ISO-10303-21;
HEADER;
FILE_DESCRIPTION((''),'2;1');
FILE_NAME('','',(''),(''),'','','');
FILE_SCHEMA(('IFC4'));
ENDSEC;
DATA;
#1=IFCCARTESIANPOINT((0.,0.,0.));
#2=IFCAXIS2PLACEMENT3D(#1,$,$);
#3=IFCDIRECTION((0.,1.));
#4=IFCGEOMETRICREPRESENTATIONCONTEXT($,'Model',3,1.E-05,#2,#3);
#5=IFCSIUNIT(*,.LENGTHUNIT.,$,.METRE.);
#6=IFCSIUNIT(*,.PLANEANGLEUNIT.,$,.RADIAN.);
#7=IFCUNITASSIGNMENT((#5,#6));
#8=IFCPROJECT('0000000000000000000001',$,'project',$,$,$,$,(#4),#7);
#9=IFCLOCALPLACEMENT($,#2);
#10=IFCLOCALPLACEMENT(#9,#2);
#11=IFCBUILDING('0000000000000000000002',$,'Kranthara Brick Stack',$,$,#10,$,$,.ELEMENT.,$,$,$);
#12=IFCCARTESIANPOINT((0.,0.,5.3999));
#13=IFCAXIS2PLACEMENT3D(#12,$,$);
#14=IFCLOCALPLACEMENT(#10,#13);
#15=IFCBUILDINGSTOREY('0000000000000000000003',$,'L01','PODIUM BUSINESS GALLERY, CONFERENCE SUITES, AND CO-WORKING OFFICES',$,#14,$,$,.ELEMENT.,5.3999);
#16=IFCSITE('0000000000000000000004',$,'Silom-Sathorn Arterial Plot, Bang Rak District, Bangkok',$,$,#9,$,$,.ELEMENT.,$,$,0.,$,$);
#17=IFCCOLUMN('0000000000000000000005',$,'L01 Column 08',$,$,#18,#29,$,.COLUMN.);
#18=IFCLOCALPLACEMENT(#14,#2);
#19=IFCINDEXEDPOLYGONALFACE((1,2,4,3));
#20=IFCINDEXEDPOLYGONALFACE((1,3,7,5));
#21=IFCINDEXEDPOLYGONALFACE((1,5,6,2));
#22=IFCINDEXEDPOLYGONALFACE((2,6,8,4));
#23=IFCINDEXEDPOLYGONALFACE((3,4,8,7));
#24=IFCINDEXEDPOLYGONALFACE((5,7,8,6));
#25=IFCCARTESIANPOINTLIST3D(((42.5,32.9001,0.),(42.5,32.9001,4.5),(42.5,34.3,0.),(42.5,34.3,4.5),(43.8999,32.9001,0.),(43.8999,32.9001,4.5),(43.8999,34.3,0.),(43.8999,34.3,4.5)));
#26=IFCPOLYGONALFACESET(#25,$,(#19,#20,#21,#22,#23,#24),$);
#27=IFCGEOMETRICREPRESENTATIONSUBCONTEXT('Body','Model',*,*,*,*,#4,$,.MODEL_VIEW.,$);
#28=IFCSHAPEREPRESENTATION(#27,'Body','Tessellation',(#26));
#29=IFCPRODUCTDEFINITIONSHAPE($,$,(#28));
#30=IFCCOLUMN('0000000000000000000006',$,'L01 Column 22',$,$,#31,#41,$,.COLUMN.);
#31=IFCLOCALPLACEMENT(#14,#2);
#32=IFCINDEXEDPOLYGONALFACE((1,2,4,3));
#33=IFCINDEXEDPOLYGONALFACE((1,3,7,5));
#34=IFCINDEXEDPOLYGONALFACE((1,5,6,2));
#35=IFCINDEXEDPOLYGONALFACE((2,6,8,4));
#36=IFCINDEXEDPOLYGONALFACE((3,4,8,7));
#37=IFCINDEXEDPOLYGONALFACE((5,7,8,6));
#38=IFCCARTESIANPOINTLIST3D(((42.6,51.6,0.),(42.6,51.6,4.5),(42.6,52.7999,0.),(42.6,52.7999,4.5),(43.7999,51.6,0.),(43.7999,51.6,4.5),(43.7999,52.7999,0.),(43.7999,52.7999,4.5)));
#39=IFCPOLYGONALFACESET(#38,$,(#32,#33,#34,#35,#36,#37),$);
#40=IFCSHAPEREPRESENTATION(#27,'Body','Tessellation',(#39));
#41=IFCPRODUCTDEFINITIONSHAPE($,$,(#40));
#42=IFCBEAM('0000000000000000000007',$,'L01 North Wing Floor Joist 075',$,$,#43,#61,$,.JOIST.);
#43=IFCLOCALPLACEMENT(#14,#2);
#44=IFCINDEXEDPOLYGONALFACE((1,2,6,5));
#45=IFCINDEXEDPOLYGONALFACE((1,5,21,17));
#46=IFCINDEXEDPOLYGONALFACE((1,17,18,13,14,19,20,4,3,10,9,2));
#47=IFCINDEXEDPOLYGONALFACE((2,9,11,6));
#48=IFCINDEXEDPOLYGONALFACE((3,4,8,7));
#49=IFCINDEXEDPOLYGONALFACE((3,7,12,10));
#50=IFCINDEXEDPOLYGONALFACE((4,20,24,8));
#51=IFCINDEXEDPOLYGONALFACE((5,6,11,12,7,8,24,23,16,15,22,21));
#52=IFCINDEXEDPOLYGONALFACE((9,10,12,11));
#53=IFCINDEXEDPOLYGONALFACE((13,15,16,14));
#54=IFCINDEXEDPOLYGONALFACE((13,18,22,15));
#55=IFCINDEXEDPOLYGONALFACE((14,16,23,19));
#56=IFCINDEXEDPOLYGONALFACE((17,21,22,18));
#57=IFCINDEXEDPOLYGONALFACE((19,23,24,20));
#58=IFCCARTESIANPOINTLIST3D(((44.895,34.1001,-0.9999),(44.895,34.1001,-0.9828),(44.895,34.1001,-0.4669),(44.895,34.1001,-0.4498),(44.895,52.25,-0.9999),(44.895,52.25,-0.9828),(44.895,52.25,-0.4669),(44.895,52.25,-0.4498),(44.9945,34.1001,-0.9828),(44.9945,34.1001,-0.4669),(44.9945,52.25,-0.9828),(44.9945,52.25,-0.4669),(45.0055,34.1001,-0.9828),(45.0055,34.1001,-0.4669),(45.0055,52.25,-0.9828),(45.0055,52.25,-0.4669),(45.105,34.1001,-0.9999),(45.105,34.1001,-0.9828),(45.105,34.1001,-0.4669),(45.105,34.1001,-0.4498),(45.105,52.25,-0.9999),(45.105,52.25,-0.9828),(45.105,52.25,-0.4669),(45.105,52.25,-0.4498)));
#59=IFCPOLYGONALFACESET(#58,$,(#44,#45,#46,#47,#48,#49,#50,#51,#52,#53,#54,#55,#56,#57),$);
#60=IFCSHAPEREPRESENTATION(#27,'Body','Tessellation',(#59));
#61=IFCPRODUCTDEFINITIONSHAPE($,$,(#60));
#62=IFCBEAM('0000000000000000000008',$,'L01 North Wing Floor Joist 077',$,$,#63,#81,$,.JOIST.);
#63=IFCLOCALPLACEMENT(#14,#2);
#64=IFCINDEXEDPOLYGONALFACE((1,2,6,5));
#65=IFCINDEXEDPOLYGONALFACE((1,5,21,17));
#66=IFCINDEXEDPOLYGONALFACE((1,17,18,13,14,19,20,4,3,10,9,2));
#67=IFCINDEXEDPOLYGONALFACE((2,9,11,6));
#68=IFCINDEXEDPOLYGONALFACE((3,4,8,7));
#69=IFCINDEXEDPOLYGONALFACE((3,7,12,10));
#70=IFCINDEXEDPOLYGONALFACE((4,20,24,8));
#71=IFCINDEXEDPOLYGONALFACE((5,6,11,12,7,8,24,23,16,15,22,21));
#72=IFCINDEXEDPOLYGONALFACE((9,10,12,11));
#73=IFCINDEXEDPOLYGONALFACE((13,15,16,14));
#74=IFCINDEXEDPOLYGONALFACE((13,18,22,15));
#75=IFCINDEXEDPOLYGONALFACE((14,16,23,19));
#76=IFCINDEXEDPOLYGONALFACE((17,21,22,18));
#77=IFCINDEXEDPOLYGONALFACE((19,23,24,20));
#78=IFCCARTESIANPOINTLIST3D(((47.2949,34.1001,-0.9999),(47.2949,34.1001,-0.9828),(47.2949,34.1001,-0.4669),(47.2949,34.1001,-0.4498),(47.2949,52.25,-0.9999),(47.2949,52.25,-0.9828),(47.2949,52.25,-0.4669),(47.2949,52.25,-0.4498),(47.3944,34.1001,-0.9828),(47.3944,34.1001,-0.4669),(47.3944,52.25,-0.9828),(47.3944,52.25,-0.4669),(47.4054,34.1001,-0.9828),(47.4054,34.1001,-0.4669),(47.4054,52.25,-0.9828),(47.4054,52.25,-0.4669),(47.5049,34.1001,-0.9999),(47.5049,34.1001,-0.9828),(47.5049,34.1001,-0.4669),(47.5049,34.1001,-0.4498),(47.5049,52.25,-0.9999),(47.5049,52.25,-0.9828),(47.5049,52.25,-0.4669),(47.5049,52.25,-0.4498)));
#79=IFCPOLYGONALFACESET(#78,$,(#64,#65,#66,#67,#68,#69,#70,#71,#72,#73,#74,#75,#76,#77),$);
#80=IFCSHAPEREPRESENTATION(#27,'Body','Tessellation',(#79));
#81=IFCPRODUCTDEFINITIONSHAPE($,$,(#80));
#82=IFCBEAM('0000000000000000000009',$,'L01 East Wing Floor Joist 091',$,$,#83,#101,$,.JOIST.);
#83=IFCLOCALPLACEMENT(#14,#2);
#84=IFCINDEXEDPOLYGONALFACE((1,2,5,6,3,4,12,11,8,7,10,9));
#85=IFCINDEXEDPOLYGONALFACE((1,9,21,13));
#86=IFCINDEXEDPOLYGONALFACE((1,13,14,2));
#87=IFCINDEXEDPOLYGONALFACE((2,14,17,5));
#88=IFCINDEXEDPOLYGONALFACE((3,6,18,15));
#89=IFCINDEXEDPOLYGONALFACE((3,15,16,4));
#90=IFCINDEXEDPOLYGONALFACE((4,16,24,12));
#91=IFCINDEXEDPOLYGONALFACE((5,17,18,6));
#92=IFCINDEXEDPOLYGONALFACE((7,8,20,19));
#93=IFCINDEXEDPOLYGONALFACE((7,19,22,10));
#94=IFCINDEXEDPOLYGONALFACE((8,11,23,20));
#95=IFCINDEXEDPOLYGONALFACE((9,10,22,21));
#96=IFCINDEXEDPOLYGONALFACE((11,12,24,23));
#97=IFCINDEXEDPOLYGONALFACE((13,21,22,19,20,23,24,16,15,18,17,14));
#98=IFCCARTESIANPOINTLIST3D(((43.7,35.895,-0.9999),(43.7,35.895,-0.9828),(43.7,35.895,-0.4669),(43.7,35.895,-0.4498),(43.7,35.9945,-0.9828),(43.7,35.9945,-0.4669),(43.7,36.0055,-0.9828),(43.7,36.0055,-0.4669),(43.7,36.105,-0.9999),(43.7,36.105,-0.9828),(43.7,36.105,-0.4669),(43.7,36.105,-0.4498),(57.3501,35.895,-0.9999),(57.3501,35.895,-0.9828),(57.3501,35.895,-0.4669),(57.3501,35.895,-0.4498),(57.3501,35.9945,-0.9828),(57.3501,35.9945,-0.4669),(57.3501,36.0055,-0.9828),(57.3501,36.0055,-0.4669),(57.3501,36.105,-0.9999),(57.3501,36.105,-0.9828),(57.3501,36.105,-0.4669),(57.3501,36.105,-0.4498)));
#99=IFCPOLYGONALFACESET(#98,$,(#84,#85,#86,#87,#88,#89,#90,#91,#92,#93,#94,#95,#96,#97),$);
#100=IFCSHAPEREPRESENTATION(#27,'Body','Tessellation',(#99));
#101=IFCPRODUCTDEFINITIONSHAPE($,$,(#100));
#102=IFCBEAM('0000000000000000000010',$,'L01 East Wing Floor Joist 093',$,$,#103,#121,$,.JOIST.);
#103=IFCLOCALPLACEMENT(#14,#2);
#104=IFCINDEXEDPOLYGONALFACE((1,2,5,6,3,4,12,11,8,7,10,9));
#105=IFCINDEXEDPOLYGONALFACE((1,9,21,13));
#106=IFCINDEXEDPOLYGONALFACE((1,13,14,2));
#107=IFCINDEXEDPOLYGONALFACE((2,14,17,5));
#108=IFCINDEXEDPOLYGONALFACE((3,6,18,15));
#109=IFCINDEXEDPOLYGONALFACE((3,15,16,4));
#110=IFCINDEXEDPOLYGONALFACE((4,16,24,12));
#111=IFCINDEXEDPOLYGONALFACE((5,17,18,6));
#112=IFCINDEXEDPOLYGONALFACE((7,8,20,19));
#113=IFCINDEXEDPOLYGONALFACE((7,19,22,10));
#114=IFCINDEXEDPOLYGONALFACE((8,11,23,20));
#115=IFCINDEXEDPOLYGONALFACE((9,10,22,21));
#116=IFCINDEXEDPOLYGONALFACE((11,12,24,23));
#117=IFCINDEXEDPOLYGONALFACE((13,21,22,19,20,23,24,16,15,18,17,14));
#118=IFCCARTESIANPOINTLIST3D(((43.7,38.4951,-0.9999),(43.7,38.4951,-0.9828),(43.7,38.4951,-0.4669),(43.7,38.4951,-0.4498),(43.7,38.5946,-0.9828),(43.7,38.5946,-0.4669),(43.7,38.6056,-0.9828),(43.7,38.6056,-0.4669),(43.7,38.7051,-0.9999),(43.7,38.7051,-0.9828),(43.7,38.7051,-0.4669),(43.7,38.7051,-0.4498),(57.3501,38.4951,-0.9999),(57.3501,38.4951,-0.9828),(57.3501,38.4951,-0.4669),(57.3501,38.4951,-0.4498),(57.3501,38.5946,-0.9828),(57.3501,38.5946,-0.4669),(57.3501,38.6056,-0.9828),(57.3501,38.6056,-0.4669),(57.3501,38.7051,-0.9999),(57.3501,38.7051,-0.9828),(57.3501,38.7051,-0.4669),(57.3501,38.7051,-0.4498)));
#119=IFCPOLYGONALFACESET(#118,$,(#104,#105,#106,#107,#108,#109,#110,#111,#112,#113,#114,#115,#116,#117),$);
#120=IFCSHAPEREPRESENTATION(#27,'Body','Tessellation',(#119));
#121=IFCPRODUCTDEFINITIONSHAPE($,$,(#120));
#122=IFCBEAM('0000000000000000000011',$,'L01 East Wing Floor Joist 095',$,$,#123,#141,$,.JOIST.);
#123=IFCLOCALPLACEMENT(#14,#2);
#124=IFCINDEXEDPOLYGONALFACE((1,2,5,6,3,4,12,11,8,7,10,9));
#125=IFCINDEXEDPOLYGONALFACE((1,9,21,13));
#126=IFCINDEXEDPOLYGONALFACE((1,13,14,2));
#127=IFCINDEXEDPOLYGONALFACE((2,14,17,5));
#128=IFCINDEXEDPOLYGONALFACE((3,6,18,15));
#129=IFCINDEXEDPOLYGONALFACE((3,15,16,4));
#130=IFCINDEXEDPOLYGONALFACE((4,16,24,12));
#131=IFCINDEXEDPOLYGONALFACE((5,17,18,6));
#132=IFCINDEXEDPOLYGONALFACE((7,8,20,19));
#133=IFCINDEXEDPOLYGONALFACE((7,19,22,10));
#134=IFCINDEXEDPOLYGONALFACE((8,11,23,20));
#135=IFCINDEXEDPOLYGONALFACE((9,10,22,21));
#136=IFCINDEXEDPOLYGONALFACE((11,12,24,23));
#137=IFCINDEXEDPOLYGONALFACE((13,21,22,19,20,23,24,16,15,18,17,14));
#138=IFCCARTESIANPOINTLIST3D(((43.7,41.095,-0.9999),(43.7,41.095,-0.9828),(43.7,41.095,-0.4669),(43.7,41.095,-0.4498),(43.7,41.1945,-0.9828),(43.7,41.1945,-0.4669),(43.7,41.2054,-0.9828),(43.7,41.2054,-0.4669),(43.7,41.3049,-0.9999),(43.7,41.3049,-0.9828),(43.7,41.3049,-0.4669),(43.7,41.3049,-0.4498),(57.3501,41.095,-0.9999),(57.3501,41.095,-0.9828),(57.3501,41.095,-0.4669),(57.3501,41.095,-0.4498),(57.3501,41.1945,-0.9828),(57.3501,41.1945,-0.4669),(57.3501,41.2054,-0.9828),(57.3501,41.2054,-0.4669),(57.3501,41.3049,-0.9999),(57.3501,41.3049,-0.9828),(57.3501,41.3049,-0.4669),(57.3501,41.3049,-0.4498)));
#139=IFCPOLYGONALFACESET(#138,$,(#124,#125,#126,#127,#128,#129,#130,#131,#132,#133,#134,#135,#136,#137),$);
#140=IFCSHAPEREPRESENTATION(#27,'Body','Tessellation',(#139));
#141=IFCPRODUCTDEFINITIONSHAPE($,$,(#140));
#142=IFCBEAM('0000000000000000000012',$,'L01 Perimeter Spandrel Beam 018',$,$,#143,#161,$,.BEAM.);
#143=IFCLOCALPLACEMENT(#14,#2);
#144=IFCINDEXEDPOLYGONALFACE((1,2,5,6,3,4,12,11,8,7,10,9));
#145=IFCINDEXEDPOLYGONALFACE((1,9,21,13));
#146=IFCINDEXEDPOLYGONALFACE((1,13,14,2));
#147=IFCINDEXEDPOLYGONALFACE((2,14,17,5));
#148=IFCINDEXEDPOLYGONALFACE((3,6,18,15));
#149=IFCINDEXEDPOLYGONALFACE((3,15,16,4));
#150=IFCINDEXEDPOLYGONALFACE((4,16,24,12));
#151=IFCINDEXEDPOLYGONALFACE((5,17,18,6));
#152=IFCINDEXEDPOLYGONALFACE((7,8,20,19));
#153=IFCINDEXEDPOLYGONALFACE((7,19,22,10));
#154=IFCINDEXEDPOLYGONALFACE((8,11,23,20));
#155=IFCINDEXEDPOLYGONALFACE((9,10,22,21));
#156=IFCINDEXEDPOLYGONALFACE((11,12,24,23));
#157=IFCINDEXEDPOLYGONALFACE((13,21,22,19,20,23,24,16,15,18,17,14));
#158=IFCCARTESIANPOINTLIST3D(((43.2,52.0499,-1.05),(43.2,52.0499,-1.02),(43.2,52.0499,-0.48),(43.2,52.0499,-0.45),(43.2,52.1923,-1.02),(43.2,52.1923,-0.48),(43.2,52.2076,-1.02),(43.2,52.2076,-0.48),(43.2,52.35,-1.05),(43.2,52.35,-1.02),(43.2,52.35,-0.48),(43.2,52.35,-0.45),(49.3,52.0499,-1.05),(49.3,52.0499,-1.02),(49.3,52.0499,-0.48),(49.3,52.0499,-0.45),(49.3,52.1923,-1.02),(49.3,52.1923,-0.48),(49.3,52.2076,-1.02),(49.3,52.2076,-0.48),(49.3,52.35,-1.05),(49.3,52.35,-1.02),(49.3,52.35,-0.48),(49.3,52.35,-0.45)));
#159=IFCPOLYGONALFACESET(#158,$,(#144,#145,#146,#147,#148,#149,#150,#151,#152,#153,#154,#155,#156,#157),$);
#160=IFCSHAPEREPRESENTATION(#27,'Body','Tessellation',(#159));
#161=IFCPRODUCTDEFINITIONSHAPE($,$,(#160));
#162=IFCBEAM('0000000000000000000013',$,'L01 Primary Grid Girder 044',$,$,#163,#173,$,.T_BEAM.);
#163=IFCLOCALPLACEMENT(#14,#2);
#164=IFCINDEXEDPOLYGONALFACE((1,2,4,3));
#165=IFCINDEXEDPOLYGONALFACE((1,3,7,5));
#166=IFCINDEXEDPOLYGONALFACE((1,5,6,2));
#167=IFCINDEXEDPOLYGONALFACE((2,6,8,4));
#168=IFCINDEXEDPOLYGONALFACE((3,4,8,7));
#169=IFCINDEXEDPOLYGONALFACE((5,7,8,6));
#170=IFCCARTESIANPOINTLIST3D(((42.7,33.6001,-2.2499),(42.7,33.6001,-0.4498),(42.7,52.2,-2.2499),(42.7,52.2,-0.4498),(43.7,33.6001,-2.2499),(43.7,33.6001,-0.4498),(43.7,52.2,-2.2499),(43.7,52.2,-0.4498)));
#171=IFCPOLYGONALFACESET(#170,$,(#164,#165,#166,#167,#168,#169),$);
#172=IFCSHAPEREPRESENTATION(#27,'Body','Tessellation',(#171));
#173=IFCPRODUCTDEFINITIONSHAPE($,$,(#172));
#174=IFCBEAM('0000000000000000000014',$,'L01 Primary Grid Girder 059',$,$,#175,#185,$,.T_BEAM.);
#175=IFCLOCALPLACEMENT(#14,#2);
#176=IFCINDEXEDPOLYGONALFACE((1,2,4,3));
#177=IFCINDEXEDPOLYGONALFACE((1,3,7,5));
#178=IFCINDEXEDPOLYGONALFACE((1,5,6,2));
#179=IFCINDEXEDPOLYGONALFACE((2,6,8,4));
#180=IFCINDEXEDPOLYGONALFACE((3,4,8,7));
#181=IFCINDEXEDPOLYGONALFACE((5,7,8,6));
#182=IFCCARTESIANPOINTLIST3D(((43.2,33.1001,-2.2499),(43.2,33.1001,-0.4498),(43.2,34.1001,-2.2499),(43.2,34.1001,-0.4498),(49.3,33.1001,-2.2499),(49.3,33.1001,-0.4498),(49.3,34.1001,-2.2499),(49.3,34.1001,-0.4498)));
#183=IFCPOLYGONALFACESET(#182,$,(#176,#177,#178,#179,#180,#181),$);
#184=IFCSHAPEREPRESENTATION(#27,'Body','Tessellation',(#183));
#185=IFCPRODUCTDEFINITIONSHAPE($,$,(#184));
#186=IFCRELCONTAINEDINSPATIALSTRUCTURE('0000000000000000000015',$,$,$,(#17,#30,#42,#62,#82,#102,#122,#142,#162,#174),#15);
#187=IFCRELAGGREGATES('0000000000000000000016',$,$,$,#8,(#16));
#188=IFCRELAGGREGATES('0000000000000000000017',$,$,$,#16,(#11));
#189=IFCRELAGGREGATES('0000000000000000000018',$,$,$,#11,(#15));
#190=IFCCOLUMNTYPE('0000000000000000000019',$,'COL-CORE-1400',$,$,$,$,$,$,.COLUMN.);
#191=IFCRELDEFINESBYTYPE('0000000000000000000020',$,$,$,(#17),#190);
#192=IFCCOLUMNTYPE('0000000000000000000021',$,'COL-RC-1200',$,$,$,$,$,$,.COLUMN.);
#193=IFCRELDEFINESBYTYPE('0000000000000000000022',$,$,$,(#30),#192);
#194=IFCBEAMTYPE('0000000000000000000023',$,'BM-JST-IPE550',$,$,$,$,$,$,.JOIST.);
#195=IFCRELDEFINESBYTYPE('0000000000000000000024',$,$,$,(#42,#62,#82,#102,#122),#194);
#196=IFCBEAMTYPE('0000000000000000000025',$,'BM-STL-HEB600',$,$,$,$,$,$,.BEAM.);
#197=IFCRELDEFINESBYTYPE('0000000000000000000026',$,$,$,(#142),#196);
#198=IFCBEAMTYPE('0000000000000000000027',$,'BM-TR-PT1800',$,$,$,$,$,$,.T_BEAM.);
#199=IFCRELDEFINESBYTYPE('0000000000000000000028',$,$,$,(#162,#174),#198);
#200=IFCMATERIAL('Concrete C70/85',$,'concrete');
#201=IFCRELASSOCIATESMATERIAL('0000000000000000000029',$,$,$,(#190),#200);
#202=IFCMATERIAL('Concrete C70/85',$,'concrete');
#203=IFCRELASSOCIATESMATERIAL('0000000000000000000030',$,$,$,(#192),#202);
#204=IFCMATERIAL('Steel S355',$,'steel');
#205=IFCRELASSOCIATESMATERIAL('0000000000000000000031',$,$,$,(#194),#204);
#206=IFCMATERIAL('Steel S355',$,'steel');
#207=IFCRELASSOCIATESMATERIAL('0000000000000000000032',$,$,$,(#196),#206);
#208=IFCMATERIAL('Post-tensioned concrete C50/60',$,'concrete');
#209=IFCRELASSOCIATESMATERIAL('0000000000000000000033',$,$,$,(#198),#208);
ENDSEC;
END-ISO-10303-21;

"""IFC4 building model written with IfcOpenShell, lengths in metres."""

from ifc_helpers import new_model, si_unit, direction, frame, origin, origin_2d, place, context, subcontext, project, spatial, rectangle, i_section, extrude, material, material_profile, profile_set, type_object, element, save


model = new_model("IFC4")

# Units and contexts
model_context = context("Model", 3, precision=1e-05, world=origin(), true_north=direction((0.0, 1.0)))
body_context = subcontext(model_context, "Body", "Model", "MODEL_VIEW")
ifc_project = project(units=[si_unit("LENGTHUNIT", "METRE"), si_unit("PLANEANGLEUNIT", "RADIAN")], contexts=[model_context])

# Site, building, storey
site_placement = place(None, origin())
site = spatial("IfcSite", under=ifc_project, at=site_placement, Name="Silom-Sathorn Arterial Plot, Bang Rak District, Bangkok", CompositionType="ELEMENT", RefElevation=0.0)
building_placement = place(site_placement, origin())
building = spatial("IfcBuilding", under=site, at=building_placement, Name="Kranthara Brick Stack", CompositionType="ELEMENT")
storey_placement = place(building_placement, frame((0.0, 0.0, 5.3999)))
storey = spatial("IfcBuildingStorey", under=building, at=storey_placement, Name="L01", Description="PODIUM BUSINESS GALLERY, CONFERENCE SUITES, AND CO-WORKING OFFICES", CompositionType="ELEMENT", Elevation=5.3999)

# Columns
ifc_material_1 = material(Name="Concrete C70/85", Category="concrete")
ifc_material_profile_1 = material_profile(ifc_material_1, rectangle(XDim=1.3999, YDim=1.3999, at=origin_2d()), Name="RC 1400x1400")
ifc_profile_set_1 = profile_set([ifc_material_profile_1], Name="Concrete C70/85")
column_type_1 = type_object("IfcColumnType", Name="COL-CORE-1400", PredefinedType="COLUMN", material=ifc_profile_set_1)
column_1_placement = place(storey_placement, frame((43.2, 33.6001, 0.0), z_axis=(0.0, 0.0, 1.0), x_axis=(1.0, 0.0, 0.0)))
element("IfcColumn", 1, at=column_1_placement, inside=storey, type_object=column_type_1, Name="L01 Column 08", PredefinedType="COLUMN", context=body_context, shape_type="SweptSolid", body=[
    extrude(rectangle(XDim=1.3999, YDim=1.3999, at=origin_2d()), origin(), (0.0, 0.0, 1.0), 4.5),
])
ifc_material_2 = material(Name="Concrete C70/85", Category="concrete")
ifc_material_profile_2 = material_profile(ifc_material_2, rectangle(XDim=1.2, YDim=1.2, at=origin_2d()), Name="RC 1200x1200")
ifc_profile_set_2 = profile_set([ifc_material_profile_2], Name="Concrete C70/85")
column_type_2 = type_object("IfcColumnType", Name="COL-RC-1200", PredefinedType="COLUMN", material=ifc_profile_set_2)
column_2_placement = place(storey_placement, frame((43.2, 52.2, 0.0), z_axis=(0.0, 0.0, 1.0), x_axis=(1.0, 0.0, 0.0)))
element("IfcColumn", 2, at=column_2_placement, inside=storey, type_object=column_type_2, Name="L01 Column 22", PredefinedType="COLUMN", context=body_context, shape_type="SweptSolid", body=[
    extrude(rectangle(XDim=1.2, YDim=1.2, at=origin_2d()), origin(), (0.0, 0.0, 1.0), 4.5),
])

# Beams
ifc_material_3 = material(Name="Steel S355", Category="steel")
ifc_material_profile_3 = material_profile(ifc_material_3, i_section(OverallWidth=0.21, OverallDepth=0.55, WebThickness=0.011, FlangeThickness=0.0171, at=origin_2d()), Name="IPE 550")
ifc_profile_set_3 = profile_set([ifc_material_profile_3], Name="Steel S355")
beam_type_1 = type_object("IfcBeamType", Name="BM-JST-IPE550", PredefinedType="JOIST", material=ifc_profile_set_3)
for number, where, z_axis, x_axis, name in (
    (3, (45.0, 34.1001, -0.7249), (0.0, 1.0, 0.0), (-1.0, 0.0, 0.0), "L01 North Wing Floor Joist 075"),
    (4, (47.3999, 34.1001, -0.7249), (0.0, 1.0, 0.0), (-1.0, 0.0, 0.0), "L01 North Wing Floor Joist 077"),
):
    element("IfcBeam", number, at=place(storey_placement, frame(where, z_axis=z_axis, x_axis=x_axis)), inside=storey, type_object=beam_type_1, Name=name, PredefinedType="JOIST", context=body_context, shape_type="SweptSolid", body=[
        extrude(i_section(OverallWidth=0.21, OverallDepth=0.55, WebThickness=0.011, FlangeThickness=0.0171, at=origin_2d()), origin(), (0.0, 0.0, 1.0), 18.1499),
    ])
for number, where, z_axis, x_axis, name in (
    (5, (43.7, 36.0, -0.7249), (1.0, 0.0, 0.0), (0.0, 1.0, 0.0), "L01 East Wing Floor Joist 091"),
    (6, (43.7, 38.6001, -0.7249), (1.0, 0.0, 0.0), (0.0, 1.0, 0.0), "L01 East Wing Floor Joist 093"),
    (7, (43.7, 41.2, -0.7249), (1.0, 0.0, 0.0), (0.0, 1.0, 0.0), "L01 East Wing Floor Joist 095"),
):
    element("IfcBeam", number, at=place(storey_placement, frame(where, z_axis=z_axis, x_axis=x_axis)), inside=storey, type_object=beam_type_1, Name=name, PredefinedType="JOIST", context=body_context, shape_type="SweptSolid", body=[
        extrude(i_section(OverallWidth=0.21, OverallDepth=0.55, WebThickness=0.011, FlangeThickness=0.0171, at=origin_2d()), origin(), (0.0, 0.0, 1.0), 13.6501),
    ])
ifc_material_4 = material(Name="Steel S355", Category="steel")
ifc_material_profile_4 = material_profile(ifc_material_4, i_section(OverallWidth=0.3, OverallDepth=0.6001, WebThickness=0.0154, FlangeThickness=0.03, at=origin_2d()), Name="HEB 600")
ifc_profile_set_4 = profile_set([ifc_material_profile_4], Name="Steel S355")
beam_type_2 = type_object("IfcBeamType", Name="BM-STL-HEB600", PredefinedType="BEAM", material=ifc_profile_set_4)
beam_1_placement = place(storey_placement, frame((43.2, 52.2, -0.75), z_axis=(1.0, 0.0, 0.0), x_axis=(0.0, 1.0, 0.0)))
element("IfcBeam", 8, at=beam_1_placement, inside=storey, type_object=beam_type_2, Name="L01 Perimeter Spandrel Beam 018", PredefinedType="BEAM", context=body_context, shape_type="SweptSolid", body=[
    extrude(i_section(OverallWidth=0.3, OverallDepth=0.6001, WebThickness=0.0154, FlangeThickness=0.03, at=origin_2d()), origin(), (0.0, 0.0, 1.0), 6.1001),
])
ifc_material_5 = material(Name="Post-tensioned concrete C50/60", Category="concrete")
ifc_material_profile_5 = material_profile(ifc_material_5, rectangle(XDim=1.0, YDim=1.8, at=origin_2d()), Name="PT 1000x1800")
ifc_profile_set_5 = profile_set([ifc_material_profile_5], Name="Post-tensioned concrete C50/60")
beam_type_3 = type_object("IfcBeamType", Name="BM-TR-PT1800", PredefinedType="T_BEAM", material=ifc_profile_set_5)
beam_2_placement = place(storey_placement, frame((43.2, 33.6001, -1.3499), z_axis=(0.0, 1.0, 0.0), x_axis=(-1.0, 0.0, 0.0)))
element("IfcBeam", 9, at=beam_2_placement, inside=storey, type_object=beam_type_3, Name="L01 Primary Grid Girder 044", PredefinedType="T_BEAM", context=body_context, shape_type="SweptSolid", body=[
    extrude(rectangle(XDim=1.0, YDim=1.8, at=origin_2d()), origin(), (0.0, 0.0, 1.0), 18.5999),
])
beam_3_placement = place(storey_placement, frame((43.2, 33.6001, -1.3499), z_axis=(1.0, 0.0, 0.0), x_axis=(0.0, 1.0, 0.0)))
element("IfcBeam", 10, at=beam_3_placement, inside=storey, type_object=beam_type_3, Name="L01 Primary Grid Girder 059", PredefinedType="T_BEAM", context=body_context, shape_type="SweptSolid", body=[
    extrude(rectangle(XDim=1.0, YDim=1.8, at=origin_2d()), origin(), (0.0, 0.0, 1.0), 6.1001),
])

save(model, "model.ifc")
